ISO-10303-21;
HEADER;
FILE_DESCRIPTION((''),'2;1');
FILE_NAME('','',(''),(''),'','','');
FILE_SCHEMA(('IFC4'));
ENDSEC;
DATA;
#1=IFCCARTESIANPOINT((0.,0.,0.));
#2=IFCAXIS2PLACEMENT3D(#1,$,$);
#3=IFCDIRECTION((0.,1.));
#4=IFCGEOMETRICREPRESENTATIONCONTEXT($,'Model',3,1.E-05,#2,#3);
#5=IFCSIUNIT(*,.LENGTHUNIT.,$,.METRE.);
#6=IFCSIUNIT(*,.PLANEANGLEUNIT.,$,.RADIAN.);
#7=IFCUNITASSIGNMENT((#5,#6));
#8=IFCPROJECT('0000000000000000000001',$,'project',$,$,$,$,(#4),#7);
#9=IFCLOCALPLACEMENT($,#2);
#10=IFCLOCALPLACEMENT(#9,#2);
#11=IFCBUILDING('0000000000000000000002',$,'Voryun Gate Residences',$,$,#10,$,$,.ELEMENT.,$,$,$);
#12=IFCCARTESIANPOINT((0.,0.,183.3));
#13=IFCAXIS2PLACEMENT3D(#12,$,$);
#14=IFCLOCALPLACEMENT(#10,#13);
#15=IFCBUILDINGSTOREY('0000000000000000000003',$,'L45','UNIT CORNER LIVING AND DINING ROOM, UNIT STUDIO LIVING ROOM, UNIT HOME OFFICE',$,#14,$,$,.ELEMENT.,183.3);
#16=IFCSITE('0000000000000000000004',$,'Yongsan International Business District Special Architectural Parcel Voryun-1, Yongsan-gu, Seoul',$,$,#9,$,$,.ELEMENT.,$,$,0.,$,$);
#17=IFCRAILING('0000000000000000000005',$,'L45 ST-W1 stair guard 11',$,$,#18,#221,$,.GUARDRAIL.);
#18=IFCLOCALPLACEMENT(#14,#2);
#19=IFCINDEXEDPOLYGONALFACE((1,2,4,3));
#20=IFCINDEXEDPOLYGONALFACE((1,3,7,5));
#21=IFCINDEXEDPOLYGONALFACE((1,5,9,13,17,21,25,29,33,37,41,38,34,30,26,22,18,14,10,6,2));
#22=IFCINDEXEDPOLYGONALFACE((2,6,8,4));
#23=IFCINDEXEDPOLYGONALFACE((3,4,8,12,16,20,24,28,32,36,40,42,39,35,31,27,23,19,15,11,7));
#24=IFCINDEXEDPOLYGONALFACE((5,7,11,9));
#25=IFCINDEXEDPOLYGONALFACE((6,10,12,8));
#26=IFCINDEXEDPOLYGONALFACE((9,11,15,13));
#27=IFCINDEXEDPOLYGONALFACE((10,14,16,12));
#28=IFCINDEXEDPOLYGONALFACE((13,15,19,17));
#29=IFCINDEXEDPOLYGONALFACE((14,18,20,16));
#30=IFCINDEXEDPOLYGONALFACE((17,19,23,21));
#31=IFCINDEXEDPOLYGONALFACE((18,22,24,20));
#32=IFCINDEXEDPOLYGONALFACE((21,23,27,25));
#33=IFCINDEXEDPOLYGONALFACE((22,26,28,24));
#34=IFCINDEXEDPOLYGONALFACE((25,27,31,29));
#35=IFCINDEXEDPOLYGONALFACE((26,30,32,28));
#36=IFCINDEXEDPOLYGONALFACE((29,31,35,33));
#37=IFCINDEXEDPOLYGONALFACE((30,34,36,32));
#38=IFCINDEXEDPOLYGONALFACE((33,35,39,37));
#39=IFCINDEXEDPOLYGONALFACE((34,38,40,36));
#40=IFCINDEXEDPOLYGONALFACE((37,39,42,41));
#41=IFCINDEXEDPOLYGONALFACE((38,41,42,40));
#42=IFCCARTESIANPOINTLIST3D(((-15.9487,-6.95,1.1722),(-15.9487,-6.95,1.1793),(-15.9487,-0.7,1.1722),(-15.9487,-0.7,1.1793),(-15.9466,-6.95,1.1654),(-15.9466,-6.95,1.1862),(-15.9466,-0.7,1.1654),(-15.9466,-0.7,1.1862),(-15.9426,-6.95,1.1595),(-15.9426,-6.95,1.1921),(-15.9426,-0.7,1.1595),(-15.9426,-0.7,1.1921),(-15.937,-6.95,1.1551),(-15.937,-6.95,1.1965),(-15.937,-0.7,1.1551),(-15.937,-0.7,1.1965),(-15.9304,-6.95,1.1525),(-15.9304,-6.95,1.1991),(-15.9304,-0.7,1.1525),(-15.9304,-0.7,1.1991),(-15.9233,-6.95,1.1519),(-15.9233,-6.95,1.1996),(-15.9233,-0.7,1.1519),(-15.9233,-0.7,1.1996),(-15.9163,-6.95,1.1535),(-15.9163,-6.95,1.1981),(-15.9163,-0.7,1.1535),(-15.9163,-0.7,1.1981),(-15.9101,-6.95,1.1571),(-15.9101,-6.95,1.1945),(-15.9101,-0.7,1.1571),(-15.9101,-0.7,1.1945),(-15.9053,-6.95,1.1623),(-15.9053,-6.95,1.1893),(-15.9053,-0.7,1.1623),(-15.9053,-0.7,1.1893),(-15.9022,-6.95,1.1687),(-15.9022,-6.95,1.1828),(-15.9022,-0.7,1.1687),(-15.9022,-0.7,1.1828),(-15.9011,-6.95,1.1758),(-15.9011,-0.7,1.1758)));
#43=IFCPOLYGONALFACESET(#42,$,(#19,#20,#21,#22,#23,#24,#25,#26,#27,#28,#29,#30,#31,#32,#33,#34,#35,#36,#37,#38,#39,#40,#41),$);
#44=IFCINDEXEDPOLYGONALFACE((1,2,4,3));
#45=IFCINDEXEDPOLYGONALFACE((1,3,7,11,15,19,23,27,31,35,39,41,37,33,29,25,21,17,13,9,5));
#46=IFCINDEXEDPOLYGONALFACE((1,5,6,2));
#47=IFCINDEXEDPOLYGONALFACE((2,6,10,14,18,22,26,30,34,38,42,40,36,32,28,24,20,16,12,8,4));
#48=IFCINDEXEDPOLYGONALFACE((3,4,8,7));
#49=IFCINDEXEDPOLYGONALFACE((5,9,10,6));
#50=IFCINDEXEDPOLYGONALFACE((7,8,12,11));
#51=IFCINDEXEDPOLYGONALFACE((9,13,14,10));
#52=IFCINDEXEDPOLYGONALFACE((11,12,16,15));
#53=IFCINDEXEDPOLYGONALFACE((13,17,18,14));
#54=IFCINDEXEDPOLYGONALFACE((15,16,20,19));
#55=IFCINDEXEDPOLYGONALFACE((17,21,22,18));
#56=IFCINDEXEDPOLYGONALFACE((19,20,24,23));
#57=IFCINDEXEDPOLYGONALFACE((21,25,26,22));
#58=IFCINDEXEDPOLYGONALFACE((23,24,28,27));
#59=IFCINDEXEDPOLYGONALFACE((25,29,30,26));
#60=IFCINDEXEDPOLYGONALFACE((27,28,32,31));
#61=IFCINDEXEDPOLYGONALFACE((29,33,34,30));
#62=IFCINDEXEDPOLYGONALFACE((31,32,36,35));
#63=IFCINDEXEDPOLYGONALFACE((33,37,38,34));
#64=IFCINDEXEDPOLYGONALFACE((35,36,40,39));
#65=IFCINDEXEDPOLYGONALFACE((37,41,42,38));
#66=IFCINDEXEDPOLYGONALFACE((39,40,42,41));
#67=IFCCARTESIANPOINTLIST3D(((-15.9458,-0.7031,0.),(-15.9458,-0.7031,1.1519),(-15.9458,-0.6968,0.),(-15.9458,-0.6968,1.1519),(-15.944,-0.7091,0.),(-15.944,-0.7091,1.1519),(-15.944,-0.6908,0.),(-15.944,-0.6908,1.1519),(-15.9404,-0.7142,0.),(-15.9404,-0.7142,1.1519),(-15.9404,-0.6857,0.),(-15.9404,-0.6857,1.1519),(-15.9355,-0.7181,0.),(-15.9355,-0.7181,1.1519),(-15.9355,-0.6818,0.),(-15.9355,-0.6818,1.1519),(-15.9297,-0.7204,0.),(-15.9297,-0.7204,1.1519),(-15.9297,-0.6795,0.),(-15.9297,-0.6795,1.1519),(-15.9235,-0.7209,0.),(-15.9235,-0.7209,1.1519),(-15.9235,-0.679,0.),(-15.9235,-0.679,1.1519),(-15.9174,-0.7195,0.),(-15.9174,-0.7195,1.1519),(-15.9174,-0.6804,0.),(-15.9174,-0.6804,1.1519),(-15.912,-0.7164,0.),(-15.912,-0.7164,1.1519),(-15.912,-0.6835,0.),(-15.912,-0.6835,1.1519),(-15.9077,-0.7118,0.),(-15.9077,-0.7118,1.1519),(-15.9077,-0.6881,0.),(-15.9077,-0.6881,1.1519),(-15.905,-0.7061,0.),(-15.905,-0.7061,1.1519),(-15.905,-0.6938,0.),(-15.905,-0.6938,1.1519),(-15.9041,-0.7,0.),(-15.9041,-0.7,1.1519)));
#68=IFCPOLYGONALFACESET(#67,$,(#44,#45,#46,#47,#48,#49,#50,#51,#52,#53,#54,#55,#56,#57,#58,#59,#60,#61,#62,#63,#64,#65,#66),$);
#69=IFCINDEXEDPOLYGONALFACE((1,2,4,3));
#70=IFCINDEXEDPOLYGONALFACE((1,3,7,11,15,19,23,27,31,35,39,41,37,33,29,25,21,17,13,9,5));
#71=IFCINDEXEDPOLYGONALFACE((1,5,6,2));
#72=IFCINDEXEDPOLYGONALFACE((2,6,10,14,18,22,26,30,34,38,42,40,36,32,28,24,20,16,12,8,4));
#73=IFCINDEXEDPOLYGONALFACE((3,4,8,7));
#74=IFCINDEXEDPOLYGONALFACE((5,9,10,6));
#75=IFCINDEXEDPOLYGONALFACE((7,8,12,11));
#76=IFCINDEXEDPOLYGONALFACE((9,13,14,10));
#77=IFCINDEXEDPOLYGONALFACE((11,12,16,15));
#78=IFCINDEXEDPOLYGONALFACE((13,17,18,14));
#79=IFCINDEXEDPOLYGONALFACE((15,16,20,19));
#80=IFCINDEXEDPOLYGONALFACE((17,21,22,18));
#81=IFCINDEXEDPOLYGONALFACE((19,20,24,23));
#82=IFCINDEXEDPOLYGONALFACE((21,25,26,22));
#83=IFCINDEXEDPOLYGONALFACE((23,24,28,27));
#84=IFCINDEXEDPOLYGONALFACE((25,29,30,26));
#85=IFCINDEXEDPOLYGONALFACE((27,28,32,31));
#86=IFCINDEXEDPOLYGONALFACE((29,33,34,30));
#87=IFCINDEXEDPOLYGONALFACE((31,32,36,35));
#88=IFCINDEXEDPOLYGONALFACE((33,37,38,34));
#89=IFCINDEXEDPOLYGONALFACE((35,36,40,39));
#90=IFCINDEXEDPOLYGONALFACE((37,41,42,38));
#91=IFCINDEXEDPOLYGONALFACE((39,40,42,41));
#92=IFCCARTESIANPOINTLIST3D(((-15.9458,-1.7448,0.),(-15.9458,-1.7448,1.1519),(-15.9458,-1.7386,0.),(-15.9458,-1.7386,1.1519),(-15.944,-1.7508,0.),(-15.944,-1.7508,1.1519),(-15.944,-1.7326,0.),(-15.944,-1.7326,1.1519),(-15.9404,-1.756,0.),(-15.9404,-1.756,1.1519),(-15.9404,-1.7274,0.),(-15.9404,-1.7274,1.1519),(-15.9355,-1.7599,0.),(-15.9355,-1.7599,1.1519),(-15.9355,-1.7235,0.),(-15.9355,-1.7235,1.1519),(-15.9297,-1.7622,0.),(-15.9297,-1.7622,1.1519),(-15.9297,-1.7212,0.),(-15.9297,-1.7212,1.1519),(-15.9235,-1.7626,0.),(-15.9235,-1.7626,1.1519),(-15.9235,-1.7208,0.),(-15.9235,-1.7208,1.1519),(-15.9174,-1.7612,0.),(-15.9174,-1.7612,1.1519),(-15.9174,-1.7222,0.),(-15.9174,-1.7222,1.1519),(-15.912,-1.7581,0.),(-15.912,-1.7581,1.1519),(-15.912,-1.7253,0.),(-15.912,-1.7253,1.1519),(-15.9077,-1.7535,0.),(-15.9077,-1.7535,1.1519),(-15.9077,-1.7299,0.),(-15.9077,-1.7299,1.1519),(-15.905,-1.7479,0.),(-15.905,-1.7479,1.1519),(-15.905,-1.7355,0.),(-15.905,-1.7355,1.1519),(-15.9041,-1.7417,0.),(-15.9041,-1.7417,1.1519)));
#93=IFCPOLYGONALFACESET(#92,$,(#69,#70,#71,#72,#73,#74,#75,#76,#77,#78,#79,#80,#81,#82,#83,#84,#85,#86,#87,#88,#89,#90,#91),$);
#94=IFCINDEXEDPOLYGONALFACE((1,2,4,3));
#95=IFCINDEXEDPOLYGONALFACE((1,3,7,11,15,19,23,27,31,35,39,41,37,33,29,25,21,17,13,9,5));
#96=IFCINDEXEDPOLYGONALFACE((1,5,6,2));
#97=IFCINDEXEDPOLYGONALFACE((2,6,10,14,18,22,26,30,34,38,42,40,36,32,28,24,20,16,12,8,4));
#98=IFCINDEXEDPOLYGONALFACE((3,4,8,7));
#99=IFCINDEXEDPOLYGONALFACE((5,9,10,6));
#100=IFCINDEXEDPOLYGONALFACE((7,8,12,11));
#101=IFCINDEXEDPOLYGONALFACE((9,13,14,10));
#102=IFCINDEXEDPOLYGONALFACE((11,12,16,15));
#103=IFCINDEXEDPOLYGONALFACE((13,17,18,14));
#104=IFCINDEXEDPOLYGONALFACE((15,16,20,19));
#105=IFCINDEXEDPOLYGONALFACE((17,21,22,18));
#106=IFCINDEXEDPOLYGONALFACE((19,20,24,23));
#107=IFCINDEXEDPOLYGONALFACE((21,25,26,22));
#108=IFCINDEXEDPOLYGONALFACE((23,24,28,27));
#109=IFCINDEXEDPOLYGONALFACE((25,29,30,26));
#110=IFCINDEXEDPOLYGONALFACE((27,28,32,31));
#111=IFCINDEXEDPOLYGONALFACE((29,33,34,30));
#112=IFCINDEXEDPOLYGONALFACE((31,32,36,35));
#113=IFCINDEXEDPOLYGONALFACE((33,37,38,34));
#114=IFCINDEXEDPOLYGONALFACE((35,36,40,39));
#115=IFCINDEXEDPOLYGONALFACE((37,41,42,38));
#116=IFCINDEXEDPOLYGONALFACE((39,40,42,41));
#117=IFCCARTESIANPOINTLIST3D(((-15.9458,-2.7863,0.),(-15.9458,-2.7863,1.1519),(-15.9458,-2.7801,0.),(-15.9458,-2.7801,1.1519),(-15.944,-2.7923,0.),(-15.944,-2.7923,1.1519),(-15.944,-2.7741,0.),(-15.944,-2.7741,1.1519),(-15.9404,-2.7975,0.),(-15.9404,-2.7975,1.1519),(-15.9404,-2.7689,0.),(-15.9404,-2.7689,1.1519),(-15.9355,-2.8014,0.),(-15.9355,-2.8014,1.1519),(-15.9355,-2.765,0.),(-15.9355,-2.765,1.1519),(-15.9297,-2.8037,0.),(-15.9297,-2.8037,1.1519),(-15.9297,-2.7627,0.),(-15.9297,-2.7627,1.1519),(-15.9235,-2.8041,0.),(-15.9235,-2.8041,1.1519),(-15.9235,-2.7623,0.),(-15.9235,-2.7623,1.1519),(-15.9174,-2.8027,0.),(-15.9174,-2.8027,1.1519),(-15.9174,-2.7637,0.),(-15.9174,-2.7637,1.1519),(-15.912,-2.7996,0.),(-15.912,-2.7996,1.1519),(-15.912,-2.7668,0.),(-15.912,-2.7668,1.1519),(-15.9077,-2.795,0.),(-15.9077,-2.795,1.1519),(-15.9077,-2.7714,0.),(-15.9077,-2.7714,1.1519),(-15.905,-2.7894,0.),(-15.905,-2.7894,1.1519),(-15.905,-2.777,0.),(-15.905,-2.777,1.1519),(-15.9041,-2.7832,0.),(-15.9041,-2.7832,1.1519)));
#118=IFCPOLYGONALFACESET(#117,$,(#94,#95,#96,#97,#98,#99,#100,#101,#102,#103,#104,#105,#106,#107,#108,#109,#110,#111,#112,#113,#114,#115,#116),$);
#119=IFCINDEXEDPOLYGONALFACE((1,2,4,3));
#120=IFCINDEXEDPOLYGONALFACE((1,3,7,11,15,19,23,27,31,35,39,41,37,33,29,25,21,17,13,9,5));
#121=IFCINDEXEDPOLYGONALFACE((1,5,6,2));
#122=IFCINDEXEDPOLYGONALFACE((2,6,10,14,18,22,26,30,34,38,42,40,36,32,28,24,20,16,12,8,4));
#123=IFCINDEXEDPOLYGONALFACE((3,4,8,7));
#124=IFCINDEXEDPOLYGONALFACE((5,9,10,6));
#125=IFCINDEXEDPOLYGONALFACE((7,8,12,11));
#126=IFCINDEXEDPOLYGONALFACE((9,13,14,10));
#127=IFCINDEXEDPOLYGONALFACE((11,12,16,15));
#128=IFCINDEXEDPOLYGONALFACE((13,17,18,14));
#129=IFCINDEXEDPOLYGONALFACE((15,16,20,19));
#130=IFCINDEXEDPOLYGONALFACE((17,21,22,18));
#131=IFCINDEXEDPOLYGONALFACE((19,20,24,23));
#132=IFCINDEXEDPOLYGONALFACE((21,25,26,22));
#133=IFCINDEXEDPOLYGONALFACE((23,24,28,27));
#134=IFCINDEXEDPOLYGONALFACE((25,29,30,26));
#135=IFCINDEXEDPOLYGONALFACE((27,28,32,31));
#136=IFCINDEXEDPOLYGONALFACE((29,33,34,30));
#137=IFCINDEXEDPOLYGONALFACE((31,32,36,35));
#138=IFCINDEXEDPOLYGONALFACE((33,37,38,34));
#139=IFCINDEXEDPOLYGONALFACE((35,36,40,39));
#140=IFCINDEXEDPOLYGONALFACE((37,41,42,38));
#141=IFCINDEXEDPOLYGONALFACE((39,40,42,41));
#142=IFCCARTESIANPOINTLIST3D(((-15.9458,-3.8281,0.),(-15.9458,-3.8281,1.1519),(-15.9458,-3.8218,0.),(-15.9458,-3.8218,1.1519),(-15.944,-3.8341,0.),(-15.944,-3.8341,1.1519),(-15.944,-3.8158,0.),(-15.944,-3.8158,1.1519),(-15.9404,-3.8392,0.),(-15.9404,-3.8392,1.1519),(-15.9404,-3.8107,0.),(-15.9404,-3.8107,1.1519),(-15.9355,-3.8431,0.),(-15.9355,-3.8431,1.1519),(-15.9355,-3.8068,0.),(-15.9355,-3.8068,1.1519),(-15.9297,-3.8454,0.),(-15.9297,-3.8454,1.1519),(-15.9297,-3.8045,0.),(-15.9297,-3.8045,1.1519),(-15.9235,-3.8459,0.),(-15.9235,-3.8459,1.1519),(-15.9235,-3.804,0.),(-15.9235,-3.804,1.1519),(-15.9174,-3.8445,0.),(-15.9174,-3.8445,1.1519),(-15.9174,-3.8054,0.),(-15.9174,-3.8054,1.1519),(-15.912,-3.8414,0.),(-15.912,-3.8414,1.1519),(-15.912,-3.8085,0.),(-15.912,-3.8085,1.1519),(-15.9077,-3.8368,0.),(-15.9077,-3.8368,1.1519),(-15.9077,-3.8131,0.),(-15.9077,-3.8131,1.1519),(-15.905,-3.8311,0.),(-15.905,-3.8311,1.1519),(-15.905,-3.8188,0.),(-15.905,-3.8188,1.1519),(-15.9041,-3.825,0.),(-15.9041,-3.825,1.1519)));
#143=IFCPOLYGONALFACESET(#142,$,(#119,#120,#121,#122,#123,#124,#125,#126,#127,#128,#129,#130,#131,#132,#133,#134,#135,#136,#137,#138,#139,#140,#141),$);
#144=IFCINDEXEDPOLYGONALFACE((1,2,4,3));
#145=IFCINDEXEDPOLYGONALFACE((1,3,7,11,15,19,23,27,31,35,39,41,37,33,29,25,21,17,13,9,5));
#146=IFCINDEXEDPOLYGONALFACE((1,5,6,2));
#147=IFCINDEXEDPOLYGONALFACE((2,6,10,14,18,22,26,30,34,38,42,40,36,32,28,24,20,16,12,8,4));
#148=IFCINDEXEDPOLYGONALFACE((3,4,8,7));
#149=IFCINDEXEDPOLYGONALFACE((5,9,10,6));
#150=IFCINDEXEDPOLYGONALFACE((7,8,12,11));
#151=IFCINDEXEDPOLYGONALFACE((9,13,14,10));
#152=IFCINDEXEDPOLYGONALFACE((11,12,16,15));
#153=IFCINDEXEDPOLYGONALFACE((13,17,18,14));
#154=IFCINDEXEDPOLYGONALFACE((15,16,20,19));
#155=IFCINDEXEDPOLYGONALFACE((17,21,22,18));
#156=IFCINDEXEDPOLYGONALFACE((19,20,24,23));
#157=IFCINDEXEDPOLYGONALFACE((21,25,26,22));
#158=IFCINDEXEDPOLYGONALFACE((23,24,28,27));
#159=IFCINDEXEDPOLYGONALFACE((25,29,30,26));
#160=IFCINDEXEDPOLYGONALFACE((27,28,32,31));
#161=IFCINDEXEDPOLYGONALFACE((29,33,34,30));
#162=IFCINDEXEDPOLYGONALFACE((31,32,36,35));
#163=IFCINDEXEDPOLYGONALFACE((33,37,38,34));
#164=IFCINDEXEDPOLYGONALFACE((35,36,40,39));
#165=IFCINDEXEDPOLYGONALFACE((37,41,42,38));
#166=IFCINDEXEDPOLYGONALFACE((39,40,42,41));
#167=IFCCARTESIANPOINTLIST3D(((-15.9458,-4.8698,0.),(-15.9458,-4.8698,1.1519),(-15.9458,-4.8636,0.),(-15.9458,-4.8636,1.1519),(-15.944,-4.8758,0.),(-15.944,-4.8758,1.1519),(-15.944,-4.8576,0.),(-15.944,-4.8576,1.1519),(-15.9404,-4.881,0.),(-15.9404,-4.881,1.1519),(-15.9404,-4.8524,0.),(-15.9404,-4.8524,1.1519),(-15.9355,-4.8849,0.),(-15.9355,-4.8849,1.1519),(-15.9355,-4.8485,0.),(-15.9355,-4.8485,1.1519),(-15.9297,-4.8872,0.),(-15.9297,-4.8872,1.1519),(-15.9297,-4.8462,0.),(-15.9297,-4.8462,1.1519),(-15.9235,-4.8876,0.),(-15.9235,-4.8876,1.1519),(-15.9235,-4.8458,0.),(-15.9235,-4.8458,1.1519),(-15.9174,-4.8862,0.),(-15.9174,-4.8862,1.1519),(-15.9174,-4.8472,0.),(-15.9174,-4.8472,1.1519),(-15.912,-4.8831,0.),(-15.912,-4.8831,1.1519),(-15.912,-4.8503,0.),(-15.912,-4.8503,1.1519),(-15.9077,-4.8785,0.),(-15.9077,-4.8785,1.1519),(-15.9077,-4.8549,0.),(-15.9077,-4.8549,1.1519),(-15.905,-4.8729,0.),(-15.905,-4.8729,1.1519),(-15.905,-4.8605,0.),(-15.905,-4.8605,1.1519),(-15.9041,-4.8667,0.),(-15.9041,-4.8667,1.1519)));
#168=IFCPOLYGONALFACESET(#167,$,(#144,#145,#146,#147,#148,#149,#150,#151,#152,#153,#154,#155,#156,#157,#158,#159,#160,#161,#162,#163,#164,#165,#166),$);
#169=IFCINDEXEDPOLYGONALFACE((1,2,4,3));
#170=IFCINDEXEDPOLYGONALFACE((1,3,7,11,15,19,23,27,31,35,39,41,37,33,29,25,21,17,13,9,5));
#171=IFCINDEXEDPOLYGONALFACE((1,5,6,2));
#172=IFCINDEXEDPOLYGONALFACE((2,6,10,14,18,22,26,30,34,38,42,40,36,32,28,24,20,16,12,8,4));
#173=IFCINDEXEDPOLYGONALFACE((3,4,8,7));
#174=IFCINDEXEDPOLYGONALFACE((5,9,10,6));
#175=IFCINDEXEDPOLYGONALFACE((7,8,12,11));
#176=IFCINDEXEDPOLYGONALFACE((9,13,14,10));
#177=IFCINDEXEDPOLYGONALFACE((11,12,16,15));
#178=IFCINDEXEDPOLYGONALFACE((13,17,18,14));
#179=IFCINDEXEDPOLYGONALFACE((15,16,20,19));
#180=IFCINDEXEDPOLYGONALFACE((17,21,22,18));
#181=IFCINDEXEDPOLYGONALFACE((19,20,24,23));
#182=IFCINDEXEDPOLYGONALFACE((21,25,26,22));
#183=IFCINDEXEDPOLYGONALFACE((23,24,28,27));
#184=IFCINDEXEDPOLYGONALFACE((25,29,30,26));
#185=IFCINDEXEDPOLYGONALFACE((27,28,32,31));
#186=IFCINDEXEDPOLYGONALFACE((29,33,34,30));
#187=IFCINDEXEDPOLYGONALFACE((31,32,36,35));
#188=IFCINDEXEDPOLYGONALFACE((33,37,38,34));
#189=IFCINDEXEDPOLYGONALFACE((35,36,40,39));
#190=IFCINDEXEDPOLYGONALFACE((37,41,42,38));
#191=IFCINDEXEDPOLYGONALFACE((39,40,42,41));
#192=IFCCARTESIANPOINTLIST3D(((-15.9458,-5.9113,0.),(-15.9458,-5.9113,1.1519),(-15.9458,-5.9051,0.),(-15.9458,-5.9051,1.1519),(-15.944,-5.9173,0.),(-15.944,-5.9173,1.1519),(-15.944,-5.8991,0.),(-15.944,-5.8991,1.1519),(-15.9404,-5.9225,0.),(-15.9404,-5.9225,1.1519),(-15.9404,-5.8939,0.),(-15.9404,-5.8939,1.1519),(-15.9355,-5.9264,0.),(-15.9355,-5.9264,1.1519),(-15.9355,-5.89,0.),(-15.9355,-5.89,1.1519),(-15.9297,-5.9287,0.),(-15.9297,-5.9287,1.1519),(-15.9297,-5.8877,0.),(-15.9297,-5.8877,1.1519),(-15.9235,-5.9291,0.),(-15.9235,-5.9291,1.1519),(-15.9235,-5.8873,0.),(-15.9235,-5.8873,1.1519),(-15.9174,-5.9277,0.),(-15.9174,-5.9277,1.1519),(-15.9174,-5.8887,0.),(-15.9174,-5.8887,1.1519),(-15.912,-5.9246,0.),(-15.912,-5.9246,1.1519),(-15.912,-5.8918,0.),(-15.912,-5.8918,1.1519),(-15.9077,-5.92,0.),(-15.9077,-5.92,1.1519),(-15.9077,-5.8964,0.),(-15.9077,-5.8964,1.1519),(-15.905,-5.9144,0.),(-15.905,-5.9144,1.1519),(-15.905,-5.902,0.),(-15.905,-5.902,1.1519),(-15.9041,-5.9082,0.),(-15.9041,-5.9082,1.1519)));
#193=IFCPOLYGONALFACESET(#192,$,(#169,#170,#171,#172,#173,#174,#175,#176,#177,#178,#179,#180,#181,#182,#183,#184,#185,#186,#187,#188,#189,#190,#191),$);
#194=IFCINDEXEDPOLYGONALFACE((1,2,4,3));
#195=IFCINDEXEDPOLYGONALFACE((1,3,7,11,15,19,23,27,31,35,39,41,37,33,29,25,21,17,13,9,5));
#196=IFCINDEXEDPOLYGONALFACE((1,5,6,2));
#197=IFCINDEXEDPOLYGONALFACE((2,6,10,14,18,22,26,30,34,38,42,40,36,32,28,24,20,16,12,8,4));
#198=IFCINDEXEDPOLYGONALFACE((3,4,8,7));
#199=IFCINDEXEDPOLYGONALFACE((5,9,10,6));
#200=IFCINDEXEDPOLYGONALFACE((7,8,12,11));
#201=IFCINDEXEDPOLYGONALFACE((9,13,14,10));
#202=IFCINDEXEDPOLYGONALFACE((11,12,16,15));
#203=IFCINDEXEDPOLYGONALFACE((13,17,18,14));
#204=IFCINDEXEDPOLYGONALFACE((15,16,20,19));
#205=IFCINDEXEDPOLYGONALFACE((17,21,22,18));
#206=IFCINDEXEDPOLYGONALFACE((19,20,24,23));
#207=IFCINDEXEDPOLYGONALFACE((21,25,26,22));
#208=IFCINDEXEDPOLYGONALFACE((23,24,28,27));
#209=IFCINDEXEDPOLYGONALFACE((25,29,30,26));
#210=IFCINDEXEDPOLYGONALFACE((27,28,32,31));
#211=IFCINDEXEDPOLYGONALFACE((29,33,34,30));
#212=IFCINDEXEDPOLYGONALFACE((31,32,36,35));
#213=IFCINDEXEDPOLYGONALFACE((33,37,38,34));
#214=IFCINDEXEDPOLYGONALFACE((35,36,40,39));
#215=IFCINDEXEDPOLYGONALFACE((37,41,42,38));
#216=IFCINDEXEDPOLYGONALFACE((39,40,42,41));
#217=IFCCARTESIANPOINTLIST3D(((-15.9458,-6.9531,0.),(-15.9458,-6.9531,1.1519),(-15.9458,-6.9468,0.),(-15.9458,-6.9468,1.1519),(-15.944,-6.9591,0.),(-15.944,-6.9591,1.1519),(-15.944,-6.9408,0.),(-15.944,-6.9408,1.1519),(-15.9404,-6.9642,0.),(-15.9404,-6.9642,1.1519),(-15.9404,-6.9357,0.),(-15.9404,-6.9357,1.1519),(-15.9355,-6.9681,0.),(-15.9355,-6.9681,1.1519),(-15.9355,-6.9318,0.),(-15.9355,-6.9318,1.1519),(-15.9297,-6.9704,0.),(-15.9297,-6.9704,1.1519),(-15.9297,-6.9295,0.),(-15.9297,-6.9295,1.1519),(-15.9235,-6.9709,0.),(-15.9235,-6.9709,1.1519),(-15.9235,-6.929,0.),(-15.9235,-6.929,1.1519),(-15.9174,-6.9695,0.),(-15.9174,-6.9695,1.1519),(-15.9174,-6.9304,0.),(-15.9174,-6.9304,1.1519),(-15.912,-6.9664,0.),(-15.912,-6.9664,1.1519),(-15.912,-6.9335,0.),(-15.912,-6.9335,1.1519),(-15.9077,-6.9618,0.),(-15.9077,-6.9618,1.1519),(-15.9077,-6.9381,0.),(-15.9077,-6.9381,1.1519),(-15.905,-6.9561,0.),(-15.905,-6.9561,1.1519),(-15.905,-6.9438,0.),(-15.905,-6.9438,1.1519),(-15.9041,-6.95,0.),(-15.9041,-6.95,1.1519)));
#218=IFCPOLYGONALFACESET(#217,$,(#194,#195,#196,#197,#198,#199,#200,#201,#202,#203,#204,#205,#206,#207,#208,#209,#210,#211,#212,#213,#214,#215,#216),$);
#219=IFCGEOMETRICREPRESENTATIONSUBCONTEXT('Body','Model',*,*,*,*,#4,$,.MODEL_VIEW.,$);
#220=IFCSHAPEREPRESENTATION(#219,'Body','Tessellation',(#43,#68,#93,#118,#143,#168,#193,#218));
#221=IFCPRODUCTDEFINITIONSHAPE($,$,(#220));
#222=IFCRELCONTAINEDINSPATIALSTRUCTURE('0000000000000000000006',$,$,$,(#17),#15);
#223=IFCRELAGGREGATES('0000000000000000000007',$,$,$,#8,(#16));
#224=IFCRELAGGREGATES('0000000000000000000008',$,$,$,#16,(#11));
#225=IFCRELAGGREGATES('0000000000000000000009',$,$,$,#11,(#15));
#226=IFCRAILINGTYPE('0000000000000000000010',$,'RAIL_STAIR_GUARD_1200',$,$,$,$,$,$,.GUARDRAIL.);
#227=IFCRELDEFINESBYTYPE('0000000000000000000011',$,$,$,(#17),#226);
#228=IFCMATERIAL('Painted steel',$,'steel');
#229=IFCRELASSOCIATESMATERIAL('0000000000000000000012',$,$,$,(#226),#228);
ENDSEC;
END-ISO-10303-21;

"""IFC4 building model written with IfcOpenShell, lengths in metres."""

from ifc_helpers import new_model, si_unit, direction, frame, origin, origin_2d, place, context, subcontext, project, spatial, circle, extrude, material, type_object, element, save


model = new_model("IFC4")

# Units and contexts
model_context = context("Model", 3, precision=1e-05, world=origin(), true_north=direction((0.0, 1.0)))
body_context = subcontext(model_context, "Body", "Model", "MODEL_VIEW")
ifc_project = project(units=[si_unit("LENGTHUNIT", "METRE"), si_unit("PLANEANGLEUNIT", "RADIAN")], contexts=[model_context])

# Site, building, storey
site_placement = place(None, origin())
site = spatial("IfcSite", under=ifc_project, at=site_placement, Name="Yongsan International Business District Special Architectural Parcel Voryun-1, Yongsan-gu, Seoul", CompositionType="ELEMENT", RefElevation=0.0)
building_placement = place(site_placement, origin())
building = spatial("IfcBuilding", under=site, at=building_placement, Name="Voryun Gate Residences", CompositionType="ELEMENT")
storey_placement = place(building_placement, frame((0.0, 0.0, 183.3)))
storey = spatial("IfcBuildingStorey", under=building, at=storey_placement, Name="L45", Description="UNIT CORNER LIVING AND DINING ROOM, UNIT STUDIO LIVING ROOM, UNIT HOME OFFICE", CompositionType="ELEMENT", Elevation=183.3)

# Railing
ifc_material_1 = material(Name="Painted steel", Category="steel")
railing_type = type_object("IfcRailingType", Name="RAIL_STAIR_GUARD_1200", PredefinedType="GUARDRAIL", material=ifc_material_1)
railing_1_placement = place(storey_placement, frame((-15.925, -0.7, 0.0)))
element("IfcRailing", 1, at=railing_1_placement, inside=storey, type_object=railing_type, Name="L45 ST-W1 stair guard 11", PredefinedType="GUARDRAIL", context=body_context, shape_type="SweptSolid", body=[
    extrude(circle(Radius=0.0239, at=origin_2d()), frame((0.0, 0.0, 1.1758), z_axis=(0.0, -1.0, 0.0), x_axis=(1.0, 0.0, 0.0)), (0.0, 0.0, 1.0), 6.25),
    extrude(circle(Radius=0.021, at=origin_2d()), origin(), (0.0, 0.0, 1.0), 1.1519),
    extrude(circle(Radius=0.021, at=origin_2d()), frame((0.0, -1.0417, 0.0)), (0.0, 0.0, 1.0), 1.1519),
    extrude(circle(Radius=0.021, at=origin_2d()), frame((0.0, -2.0833, 0.0)), (0.0, 0.0, 1.0), 1.1519),
    extrude(circle(Radius=0.021, at=origin_2d()), frame((0.0, -3.125, 0.0)), (0.0, 0.0, 1.0), 1.1519),
    extrude(circle(Radius=0.021, at=origin_2d()), frame((0.0, -4.1667, 0.0)), (0.0, 0.0, 1.0), 1.1519),
    extrude(circle(Radius=0.021, at=origin_2d()), frame((0.0, -5.2083, 0.0)), (0.0, 0.0, 1.0), 1.1519),
    extrude(circle(Radius=0.021, at=origin_2d()), frame((0.0, -6.25, 0.0)), (0.0, 0.0, 1.0), 1.1519),
])

save(model, "model.ifc")
